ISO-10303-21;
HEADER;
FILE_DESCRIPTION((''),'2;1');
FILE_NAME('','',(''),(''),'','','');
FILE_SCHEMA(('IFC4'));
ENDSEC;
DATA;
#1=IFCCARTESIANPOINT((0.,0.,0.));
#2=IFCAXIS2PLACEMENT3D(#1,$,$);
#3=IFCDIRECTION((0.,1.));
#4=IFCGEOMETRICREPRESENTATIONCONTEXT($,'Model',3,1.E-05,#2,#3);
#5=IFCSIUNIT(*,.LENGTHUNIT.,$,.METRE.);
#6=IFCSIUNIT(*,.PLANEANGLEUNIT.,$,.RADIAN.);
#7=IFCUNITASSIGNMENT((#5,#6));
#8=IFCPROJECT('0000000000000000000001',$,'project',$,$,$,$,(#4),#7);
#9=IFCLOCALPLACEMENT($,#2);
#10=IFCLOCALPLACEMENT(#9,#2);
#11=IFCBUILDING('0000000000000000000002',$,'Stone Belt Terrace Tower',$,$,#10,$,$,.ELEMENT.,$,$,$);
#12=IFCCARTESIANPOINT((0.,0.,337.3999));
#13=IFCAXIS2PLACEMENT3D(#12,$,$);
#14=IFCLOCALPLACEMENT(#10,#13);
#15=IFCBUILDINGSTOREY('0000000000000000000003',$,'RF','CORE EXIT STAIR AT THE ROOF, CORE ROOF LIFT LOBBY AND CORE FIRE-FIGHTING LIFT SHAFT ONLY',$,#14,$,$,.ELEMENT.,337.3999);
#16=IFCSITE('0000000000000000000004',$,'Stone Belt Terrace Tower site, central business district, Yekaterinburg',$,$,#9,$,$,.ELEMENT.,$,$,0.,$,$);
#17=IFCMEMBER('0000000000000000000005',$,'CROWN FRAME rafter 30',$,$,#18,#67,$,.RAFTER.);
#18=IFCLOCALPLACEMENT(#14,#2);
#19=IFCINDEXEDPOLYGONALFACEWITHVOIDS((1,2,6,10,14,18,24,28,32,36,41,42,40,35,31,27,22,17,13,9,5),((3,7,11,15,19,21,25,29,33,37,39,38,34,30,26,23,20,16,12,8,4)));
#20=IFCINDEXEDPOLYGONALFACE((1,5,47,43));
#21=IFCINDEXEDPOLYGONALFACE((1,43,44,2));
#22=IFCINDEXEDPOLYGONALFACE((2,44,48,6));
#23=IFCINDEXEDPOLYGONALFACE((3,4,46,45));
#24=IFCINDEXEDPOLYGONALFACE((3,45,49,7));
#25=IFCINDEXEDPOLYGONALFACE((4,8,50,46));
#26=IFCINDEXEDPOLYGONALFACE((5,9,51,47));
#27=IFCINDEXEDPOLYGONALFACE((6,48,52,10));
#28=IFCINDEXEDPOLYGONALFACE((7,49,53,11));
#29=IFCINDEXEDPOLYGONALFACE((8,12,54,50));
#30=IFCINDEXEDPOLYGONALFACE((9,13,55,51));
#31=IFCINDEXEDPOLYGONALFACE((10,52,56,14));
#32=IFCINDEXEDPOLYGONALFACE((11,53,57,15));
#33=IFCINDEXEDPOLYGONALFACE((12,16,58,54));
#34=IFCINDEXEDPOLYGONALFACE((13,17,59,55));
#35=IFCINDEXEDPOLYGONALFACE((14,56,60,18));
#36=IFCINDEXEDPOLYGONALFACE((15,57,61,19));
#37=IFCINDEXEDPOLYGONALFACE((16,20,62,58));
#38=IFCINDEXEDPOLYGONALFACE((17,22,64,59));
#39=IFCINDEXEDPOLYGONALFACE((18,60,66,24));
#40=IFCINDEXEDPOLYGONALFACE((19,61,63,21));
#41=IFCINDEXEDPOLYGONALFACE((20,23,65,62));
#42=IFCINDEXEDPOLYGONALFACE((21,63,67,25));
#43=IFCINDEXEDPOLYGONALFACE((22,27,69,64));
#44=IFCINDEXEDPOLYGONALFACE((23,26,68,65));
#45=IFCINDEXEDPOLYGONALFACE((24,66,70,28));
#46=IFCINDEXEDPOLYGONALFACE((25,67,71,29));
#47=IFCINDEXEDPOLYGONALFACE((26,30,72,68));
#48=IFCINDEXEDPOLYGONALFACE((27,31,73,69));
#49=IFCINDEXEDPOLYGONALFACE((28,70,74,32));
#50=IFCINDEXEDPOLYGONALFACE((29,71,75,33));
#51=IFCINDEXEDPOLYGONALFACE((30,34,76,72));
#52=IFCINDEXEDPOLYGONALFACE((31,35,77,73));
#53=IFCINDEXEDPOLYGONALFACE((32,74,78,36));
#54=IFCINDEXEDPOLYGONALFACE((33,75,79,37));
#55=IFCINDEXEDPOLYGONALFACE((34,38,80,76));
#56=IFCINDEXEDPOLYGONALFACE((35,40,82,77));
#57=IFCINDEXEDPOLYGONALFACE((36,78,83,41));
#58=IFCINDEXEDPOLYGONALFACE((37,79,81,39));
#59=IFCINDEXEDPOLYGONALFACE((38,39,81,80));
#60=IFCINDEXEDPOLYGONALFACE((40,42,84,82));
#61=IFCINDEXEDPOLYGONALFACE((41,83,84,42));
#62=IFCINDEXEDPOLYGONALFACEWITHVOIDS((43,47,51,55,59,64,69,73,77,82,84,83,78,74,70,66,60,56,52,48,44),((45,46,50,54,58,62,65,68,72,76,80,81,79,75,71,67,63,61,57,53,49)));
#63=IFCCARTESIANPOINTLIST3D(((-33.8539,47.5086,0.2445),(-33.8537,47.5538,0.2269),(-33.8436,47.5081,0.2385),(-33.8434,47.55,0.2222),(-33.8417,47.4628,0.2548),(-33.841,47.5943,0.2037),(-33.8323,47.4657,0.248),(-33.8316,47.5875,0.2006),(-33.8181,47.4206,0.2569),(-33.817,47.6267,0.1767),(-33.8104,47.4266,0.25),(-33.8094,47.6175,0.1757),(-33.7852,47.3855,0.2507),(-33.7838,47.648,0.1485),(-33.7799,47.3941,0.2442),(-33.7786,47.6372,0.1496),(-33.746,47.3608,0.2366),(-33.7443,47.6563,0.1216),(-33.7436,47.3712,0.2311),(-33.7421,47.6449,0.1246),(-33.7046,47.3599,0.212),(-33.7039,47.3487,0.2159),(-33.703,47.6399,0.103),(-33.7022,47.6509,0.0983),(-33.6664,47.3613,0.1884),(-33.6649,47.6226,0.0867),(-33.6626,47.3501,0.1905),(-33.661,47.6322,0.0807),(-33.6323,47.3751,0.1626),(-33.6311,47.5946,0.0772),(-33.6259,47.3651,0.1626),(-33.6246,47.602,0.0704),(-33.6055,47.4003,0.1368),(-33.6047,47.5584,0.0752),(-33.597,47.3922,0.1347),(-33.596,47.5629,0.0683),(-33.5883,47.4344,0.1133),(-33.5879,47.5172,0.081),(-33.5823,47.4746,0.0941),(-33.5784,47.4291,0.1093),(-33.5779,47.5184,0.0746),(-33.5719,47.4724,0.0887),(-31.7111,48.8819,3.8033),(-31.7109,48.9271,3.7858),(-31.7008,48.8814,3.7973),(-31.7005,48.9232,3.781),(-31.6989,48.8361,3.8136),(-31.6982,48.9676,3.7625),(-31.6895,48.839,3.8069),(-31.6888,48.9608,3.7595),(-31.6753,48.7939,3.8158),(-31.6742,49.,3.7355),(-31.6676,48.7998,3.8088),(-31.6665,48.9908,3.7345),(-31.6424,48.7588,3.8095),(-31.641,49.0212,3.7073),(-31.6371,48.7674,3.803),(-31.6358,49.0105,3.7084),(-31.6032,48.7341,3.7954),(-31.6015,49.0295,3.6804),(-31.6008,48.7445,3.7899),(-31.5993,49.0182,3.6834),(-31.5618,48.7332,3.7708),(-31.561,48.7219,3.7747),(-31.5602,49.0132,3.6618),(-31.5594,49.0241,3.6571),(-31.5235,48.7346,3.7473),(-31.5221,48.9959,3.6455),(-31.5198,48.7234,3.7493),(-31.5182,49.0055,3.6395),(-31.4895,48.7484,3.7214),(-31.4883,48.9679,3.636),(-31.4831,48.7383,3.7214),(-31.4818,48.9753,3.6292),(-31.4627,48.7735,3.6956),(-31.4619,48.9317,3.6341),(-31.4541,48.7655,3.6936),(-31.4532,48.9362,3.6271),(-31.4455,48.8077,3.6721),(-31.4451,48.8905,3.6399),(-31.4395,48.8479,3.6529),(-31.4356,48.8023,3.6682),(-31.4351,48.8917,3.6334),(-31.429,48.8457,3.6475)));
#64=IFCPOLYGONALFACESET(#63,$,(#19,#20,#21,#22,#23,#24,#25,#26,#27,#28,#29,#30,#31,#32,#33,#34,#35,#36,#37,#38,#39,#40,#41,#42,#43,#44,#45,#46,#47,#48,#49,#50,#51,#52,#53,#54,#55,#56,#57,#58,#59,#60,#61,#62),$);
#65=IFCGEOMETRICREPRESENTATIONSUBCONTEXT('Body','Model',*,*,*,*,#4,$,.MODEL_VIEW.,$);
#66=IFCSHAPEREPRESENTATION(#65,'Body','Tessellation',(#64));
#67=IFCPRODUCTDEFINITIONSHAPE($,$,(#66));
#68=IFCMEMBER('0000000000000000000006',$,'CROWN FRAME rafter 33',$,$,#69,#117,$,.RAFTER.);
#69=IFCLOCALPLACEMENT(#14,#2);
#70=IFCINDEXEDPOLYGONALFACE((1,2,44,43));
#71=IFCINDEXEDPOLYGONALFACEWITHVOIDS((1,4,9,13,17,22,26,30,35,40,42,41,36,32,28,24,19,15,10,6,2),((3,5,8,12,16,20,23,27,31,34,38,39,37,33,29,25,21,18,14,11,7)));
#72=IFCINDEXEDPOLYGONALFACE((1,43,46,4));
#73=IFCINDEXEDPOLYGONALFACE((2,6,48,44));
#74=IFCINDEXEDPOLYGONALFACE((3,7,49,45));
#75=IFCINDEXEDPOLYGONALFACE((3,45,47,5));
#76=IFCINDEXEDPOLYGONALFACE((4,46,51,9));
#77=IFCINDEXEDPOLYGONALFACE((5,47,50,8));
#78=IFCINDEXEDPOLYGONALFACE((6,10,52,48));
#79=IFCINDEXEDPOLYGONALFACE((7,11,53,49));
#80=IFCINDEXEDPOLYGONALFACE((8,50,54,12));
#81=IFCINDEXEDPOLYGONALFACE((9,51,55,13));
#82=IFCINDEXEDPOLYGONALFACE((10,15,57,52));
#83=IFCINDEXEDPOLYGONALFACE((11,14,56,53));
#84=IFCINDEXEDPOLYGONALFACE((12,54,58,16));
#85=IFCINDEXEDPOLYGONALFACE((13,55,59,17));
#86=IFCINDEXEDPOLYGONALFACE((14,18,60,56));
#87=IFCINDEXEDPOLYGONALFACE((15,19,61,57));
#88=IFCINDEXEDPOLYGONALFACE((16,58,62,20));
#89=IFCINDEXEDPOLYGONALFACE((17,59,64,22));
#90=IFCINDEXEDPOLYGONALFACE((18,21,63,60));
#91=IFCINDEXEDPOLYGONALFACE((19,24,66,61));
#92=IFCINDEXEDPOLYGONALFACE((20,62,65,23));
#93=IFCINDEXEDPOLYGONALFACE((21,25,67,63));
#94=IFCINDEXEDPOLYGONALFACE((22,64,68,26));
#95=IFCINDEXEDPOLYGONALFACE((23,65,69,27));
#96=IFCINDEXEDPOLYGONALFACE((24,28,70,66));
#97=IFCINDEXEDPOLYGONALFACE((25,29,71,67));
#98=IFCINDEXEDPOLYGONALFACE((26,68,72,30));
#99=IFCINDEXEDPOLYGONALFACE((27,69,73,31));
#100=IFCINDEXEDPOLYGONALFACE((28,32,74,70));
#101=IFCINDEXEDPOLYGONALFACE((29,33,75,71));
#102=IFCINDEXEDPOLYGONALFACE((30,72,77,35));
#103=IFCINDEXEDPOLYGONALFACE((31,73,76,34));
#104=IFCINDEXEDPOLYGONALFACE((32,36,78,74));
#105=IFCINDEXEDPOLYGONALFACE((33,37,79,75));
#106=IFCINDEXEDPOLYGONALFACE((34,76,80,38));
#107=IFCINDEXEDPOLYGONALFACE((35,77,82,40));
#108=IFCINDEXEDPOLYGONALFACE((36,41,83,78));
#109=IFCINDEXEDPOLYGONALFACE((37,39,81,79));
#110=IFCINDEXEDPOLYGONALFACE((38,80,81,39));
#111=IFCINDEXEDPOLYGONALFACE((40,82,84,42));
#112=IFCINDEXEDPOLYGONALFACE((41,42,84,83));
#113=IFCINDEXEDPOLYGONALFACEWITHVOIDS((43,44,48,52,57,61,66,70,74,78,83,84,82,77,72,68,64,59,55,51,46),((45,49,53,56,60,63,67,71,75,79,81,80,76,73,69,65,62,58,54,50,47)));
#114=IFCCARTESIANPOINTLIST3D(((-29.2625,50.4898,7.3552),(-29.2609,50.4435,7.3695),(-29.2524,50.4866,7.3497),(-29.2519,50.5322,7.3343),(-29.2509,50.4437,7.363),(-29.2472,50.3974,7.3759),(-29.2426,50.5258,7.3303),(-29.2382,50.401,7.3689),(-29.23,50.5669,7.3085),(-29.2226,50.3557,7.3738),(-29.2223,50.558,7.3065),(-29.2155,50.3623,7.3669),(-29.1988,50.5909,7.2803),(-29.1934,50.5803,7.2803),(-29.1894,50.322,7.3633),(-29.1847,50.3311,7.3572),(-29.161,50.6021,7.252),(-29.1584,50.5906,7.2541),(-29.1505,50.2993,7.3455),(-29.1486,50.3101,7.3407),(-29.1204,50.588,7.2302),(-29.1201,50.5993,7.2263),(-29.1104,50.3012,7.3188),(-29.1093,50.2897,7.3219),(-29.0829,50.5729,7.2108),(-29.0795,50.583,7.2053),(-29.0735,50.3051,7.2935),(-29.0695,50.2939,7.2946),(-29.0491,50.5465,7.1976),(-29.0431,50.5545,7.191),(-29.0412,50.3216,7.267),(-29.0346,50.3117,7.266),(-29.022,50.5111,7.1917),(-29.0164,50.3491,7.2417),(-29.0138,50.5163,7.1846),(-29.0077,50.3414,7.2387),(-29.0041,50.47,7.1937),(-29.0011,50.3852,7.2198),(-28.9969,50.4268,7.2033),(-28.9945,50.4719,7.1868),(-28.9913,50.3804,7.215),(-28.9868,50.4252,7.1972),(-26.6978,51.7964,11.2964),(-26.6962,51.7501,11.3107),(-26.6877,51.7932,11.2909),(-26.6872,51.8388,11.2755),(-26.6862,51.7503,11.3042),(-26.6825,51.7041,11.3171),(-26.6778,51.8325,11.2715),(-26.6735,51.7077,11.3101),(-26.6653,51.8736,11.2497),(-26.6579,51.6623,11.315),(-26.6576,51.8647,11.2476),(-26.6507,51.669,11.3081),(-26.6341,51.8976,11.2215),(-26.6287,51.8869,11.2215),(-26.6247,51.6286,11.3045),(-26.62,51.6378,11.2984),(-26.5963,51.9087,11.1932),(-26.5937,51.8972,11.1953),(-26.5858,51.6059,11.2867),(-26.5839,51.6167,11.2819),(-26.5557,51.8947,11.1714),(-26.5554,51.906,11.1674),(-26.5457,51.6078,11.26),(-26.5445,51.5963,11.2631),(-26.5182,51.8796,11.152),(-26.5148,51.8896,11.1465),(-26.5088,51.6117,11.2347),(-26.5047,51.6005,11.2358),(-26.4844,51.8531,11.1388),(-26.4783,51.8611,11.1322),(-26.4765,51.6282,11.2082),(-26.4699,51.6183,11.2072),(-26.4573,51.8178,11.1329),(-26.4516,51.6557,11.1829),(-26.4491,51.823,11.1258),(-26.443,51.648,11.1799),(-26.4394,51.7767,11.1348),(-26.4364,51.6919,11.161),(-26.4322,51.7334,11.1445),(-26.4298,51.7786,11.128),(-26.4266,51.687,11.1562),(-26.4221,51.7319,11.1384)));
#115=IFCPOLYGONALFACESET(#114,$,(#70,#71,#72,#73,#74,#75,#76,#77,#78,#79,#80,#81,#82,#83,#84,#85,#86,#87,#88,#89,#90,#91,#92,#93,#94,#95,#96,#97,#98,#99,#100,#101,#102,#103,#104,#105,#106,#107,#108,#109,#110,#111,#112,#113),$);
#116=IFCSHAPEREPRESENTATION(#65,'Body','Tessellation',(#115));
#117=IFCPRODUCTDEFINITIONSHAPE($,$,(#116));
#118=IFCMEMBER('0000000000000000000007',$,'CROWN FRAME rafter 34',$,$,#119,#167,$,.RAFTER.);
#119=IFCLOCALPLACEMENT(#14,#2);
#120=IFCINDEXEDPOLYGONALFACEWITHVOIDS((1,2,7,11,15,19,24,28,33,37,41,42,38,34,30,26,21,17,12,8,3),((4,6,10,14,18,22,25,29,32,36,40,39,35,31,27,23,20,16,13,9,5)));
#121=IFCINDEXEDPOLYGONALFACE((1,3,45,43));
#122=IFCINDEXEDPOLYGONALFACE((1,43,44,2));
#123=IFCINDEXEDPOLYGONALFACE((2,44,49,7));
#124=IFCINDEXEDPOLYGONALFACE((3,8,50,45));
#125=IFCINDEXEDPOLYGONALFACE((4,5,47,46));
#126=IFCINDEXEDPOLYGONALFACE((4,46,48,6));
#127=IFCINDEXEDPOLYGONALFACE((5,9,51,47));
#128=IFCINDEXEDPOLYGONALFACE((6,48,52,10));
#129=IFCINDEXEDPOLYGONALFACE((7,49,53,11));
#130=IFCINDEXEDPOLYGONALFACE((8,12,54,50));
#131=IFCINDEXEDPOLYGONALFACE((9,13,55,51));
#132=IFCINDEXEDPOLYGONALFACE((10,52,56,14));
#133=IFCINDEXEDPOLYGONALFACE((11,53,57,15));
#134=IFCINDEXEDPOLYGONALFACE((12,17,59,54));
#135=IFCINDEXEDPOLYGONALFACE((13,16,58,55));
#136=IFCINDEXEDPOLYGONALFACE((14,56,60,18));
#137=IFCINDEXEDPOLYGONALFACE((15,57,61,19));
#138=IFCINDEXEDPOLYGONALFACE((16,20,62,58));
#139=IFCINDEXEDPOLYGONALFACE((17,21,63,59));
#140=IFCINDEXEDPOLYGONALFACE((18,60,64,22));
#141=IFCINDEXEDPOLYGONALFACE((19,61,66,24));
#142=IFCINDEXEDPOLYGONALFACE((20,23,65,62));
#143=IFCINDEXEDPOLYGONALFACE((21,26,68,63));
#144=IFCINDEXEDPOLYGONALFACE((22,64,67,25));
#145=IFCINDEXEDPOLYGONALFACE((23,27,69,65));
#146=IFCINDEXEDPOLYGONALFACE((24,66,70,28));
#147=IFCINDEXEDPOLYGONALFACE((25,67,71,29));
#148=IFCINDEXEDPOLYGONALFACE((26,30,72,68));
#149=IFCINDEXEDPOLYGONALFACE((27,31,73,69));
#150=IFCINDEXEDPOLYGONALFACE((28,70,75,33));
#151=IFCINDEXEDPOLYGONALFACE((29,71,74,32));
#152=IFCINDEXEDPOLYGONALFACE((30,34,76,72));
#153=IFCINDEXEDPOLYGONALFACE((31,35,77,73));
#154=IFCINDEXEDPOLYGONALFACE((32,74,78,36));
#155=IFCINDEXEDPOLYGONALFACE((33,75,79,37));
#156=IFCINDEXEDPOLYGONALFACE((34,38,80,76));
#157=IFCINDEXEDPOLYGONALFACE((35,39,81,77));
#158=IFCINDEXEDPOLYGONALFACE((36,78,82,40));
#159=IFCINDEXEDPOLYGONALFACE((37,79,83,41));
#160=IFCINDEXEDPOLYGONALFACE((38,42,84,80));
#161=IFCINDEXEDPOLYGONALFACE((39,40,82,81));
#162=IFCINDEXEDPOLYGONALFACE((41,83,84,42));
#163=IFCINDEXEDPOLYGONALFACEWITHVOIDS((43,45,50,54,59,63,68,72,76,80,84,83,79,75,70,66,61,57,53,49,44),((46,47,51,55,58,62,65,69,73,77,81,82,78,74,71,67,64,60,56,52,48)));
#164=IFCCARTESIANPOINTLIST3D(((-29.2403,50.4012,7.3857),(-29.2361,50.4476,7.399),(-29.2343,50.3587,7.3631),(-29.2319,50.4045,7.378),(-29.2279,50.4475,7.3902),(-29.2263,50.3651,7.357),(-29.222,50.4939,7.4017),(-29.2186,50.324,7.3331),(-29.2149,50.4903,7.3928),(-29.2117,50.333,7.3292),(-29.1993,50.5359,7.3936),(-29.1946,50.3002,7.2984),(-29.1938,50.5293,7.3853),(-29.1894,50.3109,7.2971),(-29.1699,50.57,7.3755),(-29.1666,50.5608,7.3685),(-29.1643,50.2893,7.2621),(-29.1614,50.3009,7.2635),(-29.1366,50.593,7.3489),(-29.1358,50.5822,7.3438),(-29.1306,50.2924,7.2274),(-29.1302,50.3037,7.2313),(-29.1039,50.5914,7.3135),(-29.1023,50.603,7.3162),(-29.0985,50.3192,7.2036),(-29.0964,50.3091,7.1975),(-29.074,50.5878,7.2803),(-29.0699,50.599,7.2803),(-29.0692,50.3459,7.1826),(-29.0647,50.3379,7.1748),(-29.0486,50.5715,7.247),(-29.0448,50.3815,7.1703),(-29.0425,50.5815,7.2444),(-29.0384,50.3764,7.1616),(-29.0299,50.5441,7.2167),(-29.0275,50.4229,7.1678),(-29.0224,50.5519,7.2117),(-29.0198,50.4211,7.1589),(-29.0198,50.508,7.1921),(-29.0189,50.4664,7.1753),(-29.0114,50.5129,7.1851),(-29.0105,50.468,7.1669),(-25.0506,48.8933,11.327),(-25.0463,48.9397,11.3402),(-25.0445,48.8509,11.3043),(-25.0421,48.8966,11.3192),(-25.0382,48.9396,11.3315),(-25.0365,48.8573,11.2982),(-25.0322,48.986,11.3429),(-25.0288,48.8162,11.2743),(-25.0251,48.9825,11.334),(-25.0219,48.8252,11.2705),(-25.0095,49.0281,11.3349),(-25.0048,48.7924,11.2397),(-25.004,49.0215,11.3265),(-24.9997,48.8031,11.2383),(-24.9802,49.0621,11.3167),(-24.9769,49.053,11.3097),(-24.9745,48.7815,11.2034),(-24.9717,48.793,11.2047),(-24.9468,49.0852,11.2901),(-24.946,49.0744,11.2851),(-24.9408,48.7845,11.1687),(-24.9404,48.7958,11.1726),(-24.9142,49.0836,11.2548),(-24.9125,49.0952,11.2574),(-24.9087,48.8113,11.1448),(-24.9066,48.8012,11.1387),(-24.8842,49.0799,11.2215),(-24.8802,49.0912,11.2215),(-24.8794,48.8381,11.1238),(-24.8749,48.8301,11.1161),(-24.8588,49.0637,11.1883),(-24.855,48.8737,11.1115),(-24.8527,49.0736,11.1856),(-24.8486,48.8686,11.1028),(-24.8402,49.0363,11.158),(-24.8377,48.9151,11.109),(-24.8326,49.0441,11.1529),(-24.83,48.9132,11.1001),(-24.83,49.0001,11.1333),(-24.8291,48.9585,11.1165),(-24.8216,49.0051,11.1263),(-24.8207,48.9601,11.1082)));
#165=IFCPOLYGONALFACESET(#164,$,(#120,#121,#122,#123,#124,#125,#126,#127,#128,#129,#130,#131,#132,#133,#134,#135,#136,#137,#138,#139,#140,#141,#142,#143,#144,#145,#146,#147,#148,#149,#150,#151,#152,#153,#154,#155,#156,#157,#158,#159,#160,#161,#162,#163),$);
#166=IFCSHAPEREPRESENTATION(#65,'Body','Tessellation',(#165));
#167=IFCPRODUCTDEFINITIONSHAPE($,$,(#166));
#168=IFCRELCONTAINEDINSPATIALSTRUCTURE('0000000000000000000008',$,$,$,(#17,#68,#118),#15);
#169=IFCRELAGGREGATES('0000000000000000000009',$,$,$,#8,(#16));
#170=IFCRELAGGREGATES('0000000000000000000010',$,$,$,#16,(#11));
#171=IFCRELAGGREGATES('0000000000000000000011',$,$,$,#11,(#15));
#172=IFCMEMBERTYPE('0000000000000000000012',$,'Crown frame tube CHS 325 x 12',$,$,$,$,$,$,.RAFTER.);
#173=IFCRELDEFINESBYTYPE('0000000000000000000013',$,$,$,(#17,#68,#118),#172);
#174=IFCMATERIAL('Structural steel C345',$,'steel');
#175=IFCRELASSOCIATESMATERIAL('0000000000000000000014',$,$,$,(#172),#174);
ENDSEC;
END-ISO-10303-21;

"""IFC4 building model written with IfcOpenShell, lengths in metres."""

from ifc_helpers import new_model, si_unit, direction, frame, origin, origin_2d, place, context, subcontext, project, spatial, hollow_circle, extrude, material, material_profile, profile_set, type_object, element, save


model = new_model("IFC4")

# Units and contexts
model_context = context("Model", 3, precision=1e-05, world=origin(), true_north=direction((0.0, 1.0)))
body_context = subcontext(model_context, "Body", "Model", "MODEL_VIEW")
ifc_project = project(units=[si_unit("LENGTHUNIT", "METRE"), si_unit("PLANEANGLEUNIT", "RADIAN")], contexts=[model_context])

# Site, building, storey
site_placement = place(None, origin())
site = spatial("IfcSite", under=ifc_project, at=site_placement, Name="Stone Belt Terrace Tower site, central business district, Yekaterinburg", CompositionType="ELEMENT", RefElevation=0.0)
building_placement = place(site_placement, origin())
building = spatial("IfcBuilding", under=site, at=building_placement, Name="Stone Belt Terrace Tower", CompositionType="ELEMENT")
storey_placement = place(building_placement, frame((0.0, 0.0, 337.3999)))
storey = spatial("IfcBuildingStorey", under=building, at=storey_placement, Name="RF", Description="CORE EXIT STAIR AT THE ROOF, CORE ROOF LIFT LOBBY AND CORE FIRE-FIGHTING LIFT SHAFT ONLY", CompositionType="ELEMENT", Elevation=337.3999)

# Members
ifc_material_1 = material(Name="Structural steel C345", Category="steel")
ifc_material_profile_1 = material_profile(ifc_material_1, hollow_circle(Radius=0.1626, WallThickness=0.012, at=origin_2d()), Name="Structural steel C345 CHS 325x12")
ifc_profile_set_1 = profile_set([ifc_material_profile_1], Name="Structural steel C345")
member_type_1 = type_object("IfcMemberType", Name="Crown frame tube CHS 325 x 12", PredefinedType="RAFTER", material=ifc_profile_set_1)
member_1_placement = place(storey_placement, frame((-31.5708, 48.8752, 3.7214), z_axis=(-0.489758, -0.313876, -0.813399), x_axis=(0.539579, -0.841935, 0.0)))
element("IfcMember", 1, at=member_1_placement, inside=storey, type_object=member_type_1, Name="CROWN FRAME rafter 30", PredefinedType="RAFTER", context=body_context, shape_type="SweptSolid", body=[
    extrude(hollow_circle(Radius=0.1626, WallThickness=0.012, at=origin_2d()), origin(), (0.0, 0.0, 1.0), 4.3752),
])
member_2_placement = place(storey_placement, frame((-29.125, 50.446, 7.2803), z_axis=(0.525516, 0.267735, 0.807559), x_axis=(-0.453952, 0.891026, 0.0)))
element("IfcMember", 2, at=member_2_placement, inside=storey, type_object=member_type_1, Name="CROWN FRAME rafter 33", PredefinedType="RAFTER", context=body_context, shape_type="SweptSolid", body=[
    extrude(hollow_circle(Radius=0.1626, WallThickness=0.012, at=origin_2d()), origin(), (0.0, 0.0, 1.0), 4.8804),
])
member_3_placement = place(storey_placement, frame((-29.125, 50.446, 7.2803), z_axis=(0.704576, -0.253567, 0.66278), x_axis=(0.338624, 0.940922, 0.0)))
element("IfcMember", 3, at=member_3_placement, inside=storey, type_object=member_type_1, Name="CROWN FRAME rafter 34", PredefinedType="RAFTER", context=body_context, shape_type="SweptSolid", body=[
    extrude(hollow_circle(Radius=0.1626, WallThickness=0.012, at=origin_2d()), origin(), (0.0, 0.0, 1.0), 5.9465),
])

save(model, "model.ifc")
